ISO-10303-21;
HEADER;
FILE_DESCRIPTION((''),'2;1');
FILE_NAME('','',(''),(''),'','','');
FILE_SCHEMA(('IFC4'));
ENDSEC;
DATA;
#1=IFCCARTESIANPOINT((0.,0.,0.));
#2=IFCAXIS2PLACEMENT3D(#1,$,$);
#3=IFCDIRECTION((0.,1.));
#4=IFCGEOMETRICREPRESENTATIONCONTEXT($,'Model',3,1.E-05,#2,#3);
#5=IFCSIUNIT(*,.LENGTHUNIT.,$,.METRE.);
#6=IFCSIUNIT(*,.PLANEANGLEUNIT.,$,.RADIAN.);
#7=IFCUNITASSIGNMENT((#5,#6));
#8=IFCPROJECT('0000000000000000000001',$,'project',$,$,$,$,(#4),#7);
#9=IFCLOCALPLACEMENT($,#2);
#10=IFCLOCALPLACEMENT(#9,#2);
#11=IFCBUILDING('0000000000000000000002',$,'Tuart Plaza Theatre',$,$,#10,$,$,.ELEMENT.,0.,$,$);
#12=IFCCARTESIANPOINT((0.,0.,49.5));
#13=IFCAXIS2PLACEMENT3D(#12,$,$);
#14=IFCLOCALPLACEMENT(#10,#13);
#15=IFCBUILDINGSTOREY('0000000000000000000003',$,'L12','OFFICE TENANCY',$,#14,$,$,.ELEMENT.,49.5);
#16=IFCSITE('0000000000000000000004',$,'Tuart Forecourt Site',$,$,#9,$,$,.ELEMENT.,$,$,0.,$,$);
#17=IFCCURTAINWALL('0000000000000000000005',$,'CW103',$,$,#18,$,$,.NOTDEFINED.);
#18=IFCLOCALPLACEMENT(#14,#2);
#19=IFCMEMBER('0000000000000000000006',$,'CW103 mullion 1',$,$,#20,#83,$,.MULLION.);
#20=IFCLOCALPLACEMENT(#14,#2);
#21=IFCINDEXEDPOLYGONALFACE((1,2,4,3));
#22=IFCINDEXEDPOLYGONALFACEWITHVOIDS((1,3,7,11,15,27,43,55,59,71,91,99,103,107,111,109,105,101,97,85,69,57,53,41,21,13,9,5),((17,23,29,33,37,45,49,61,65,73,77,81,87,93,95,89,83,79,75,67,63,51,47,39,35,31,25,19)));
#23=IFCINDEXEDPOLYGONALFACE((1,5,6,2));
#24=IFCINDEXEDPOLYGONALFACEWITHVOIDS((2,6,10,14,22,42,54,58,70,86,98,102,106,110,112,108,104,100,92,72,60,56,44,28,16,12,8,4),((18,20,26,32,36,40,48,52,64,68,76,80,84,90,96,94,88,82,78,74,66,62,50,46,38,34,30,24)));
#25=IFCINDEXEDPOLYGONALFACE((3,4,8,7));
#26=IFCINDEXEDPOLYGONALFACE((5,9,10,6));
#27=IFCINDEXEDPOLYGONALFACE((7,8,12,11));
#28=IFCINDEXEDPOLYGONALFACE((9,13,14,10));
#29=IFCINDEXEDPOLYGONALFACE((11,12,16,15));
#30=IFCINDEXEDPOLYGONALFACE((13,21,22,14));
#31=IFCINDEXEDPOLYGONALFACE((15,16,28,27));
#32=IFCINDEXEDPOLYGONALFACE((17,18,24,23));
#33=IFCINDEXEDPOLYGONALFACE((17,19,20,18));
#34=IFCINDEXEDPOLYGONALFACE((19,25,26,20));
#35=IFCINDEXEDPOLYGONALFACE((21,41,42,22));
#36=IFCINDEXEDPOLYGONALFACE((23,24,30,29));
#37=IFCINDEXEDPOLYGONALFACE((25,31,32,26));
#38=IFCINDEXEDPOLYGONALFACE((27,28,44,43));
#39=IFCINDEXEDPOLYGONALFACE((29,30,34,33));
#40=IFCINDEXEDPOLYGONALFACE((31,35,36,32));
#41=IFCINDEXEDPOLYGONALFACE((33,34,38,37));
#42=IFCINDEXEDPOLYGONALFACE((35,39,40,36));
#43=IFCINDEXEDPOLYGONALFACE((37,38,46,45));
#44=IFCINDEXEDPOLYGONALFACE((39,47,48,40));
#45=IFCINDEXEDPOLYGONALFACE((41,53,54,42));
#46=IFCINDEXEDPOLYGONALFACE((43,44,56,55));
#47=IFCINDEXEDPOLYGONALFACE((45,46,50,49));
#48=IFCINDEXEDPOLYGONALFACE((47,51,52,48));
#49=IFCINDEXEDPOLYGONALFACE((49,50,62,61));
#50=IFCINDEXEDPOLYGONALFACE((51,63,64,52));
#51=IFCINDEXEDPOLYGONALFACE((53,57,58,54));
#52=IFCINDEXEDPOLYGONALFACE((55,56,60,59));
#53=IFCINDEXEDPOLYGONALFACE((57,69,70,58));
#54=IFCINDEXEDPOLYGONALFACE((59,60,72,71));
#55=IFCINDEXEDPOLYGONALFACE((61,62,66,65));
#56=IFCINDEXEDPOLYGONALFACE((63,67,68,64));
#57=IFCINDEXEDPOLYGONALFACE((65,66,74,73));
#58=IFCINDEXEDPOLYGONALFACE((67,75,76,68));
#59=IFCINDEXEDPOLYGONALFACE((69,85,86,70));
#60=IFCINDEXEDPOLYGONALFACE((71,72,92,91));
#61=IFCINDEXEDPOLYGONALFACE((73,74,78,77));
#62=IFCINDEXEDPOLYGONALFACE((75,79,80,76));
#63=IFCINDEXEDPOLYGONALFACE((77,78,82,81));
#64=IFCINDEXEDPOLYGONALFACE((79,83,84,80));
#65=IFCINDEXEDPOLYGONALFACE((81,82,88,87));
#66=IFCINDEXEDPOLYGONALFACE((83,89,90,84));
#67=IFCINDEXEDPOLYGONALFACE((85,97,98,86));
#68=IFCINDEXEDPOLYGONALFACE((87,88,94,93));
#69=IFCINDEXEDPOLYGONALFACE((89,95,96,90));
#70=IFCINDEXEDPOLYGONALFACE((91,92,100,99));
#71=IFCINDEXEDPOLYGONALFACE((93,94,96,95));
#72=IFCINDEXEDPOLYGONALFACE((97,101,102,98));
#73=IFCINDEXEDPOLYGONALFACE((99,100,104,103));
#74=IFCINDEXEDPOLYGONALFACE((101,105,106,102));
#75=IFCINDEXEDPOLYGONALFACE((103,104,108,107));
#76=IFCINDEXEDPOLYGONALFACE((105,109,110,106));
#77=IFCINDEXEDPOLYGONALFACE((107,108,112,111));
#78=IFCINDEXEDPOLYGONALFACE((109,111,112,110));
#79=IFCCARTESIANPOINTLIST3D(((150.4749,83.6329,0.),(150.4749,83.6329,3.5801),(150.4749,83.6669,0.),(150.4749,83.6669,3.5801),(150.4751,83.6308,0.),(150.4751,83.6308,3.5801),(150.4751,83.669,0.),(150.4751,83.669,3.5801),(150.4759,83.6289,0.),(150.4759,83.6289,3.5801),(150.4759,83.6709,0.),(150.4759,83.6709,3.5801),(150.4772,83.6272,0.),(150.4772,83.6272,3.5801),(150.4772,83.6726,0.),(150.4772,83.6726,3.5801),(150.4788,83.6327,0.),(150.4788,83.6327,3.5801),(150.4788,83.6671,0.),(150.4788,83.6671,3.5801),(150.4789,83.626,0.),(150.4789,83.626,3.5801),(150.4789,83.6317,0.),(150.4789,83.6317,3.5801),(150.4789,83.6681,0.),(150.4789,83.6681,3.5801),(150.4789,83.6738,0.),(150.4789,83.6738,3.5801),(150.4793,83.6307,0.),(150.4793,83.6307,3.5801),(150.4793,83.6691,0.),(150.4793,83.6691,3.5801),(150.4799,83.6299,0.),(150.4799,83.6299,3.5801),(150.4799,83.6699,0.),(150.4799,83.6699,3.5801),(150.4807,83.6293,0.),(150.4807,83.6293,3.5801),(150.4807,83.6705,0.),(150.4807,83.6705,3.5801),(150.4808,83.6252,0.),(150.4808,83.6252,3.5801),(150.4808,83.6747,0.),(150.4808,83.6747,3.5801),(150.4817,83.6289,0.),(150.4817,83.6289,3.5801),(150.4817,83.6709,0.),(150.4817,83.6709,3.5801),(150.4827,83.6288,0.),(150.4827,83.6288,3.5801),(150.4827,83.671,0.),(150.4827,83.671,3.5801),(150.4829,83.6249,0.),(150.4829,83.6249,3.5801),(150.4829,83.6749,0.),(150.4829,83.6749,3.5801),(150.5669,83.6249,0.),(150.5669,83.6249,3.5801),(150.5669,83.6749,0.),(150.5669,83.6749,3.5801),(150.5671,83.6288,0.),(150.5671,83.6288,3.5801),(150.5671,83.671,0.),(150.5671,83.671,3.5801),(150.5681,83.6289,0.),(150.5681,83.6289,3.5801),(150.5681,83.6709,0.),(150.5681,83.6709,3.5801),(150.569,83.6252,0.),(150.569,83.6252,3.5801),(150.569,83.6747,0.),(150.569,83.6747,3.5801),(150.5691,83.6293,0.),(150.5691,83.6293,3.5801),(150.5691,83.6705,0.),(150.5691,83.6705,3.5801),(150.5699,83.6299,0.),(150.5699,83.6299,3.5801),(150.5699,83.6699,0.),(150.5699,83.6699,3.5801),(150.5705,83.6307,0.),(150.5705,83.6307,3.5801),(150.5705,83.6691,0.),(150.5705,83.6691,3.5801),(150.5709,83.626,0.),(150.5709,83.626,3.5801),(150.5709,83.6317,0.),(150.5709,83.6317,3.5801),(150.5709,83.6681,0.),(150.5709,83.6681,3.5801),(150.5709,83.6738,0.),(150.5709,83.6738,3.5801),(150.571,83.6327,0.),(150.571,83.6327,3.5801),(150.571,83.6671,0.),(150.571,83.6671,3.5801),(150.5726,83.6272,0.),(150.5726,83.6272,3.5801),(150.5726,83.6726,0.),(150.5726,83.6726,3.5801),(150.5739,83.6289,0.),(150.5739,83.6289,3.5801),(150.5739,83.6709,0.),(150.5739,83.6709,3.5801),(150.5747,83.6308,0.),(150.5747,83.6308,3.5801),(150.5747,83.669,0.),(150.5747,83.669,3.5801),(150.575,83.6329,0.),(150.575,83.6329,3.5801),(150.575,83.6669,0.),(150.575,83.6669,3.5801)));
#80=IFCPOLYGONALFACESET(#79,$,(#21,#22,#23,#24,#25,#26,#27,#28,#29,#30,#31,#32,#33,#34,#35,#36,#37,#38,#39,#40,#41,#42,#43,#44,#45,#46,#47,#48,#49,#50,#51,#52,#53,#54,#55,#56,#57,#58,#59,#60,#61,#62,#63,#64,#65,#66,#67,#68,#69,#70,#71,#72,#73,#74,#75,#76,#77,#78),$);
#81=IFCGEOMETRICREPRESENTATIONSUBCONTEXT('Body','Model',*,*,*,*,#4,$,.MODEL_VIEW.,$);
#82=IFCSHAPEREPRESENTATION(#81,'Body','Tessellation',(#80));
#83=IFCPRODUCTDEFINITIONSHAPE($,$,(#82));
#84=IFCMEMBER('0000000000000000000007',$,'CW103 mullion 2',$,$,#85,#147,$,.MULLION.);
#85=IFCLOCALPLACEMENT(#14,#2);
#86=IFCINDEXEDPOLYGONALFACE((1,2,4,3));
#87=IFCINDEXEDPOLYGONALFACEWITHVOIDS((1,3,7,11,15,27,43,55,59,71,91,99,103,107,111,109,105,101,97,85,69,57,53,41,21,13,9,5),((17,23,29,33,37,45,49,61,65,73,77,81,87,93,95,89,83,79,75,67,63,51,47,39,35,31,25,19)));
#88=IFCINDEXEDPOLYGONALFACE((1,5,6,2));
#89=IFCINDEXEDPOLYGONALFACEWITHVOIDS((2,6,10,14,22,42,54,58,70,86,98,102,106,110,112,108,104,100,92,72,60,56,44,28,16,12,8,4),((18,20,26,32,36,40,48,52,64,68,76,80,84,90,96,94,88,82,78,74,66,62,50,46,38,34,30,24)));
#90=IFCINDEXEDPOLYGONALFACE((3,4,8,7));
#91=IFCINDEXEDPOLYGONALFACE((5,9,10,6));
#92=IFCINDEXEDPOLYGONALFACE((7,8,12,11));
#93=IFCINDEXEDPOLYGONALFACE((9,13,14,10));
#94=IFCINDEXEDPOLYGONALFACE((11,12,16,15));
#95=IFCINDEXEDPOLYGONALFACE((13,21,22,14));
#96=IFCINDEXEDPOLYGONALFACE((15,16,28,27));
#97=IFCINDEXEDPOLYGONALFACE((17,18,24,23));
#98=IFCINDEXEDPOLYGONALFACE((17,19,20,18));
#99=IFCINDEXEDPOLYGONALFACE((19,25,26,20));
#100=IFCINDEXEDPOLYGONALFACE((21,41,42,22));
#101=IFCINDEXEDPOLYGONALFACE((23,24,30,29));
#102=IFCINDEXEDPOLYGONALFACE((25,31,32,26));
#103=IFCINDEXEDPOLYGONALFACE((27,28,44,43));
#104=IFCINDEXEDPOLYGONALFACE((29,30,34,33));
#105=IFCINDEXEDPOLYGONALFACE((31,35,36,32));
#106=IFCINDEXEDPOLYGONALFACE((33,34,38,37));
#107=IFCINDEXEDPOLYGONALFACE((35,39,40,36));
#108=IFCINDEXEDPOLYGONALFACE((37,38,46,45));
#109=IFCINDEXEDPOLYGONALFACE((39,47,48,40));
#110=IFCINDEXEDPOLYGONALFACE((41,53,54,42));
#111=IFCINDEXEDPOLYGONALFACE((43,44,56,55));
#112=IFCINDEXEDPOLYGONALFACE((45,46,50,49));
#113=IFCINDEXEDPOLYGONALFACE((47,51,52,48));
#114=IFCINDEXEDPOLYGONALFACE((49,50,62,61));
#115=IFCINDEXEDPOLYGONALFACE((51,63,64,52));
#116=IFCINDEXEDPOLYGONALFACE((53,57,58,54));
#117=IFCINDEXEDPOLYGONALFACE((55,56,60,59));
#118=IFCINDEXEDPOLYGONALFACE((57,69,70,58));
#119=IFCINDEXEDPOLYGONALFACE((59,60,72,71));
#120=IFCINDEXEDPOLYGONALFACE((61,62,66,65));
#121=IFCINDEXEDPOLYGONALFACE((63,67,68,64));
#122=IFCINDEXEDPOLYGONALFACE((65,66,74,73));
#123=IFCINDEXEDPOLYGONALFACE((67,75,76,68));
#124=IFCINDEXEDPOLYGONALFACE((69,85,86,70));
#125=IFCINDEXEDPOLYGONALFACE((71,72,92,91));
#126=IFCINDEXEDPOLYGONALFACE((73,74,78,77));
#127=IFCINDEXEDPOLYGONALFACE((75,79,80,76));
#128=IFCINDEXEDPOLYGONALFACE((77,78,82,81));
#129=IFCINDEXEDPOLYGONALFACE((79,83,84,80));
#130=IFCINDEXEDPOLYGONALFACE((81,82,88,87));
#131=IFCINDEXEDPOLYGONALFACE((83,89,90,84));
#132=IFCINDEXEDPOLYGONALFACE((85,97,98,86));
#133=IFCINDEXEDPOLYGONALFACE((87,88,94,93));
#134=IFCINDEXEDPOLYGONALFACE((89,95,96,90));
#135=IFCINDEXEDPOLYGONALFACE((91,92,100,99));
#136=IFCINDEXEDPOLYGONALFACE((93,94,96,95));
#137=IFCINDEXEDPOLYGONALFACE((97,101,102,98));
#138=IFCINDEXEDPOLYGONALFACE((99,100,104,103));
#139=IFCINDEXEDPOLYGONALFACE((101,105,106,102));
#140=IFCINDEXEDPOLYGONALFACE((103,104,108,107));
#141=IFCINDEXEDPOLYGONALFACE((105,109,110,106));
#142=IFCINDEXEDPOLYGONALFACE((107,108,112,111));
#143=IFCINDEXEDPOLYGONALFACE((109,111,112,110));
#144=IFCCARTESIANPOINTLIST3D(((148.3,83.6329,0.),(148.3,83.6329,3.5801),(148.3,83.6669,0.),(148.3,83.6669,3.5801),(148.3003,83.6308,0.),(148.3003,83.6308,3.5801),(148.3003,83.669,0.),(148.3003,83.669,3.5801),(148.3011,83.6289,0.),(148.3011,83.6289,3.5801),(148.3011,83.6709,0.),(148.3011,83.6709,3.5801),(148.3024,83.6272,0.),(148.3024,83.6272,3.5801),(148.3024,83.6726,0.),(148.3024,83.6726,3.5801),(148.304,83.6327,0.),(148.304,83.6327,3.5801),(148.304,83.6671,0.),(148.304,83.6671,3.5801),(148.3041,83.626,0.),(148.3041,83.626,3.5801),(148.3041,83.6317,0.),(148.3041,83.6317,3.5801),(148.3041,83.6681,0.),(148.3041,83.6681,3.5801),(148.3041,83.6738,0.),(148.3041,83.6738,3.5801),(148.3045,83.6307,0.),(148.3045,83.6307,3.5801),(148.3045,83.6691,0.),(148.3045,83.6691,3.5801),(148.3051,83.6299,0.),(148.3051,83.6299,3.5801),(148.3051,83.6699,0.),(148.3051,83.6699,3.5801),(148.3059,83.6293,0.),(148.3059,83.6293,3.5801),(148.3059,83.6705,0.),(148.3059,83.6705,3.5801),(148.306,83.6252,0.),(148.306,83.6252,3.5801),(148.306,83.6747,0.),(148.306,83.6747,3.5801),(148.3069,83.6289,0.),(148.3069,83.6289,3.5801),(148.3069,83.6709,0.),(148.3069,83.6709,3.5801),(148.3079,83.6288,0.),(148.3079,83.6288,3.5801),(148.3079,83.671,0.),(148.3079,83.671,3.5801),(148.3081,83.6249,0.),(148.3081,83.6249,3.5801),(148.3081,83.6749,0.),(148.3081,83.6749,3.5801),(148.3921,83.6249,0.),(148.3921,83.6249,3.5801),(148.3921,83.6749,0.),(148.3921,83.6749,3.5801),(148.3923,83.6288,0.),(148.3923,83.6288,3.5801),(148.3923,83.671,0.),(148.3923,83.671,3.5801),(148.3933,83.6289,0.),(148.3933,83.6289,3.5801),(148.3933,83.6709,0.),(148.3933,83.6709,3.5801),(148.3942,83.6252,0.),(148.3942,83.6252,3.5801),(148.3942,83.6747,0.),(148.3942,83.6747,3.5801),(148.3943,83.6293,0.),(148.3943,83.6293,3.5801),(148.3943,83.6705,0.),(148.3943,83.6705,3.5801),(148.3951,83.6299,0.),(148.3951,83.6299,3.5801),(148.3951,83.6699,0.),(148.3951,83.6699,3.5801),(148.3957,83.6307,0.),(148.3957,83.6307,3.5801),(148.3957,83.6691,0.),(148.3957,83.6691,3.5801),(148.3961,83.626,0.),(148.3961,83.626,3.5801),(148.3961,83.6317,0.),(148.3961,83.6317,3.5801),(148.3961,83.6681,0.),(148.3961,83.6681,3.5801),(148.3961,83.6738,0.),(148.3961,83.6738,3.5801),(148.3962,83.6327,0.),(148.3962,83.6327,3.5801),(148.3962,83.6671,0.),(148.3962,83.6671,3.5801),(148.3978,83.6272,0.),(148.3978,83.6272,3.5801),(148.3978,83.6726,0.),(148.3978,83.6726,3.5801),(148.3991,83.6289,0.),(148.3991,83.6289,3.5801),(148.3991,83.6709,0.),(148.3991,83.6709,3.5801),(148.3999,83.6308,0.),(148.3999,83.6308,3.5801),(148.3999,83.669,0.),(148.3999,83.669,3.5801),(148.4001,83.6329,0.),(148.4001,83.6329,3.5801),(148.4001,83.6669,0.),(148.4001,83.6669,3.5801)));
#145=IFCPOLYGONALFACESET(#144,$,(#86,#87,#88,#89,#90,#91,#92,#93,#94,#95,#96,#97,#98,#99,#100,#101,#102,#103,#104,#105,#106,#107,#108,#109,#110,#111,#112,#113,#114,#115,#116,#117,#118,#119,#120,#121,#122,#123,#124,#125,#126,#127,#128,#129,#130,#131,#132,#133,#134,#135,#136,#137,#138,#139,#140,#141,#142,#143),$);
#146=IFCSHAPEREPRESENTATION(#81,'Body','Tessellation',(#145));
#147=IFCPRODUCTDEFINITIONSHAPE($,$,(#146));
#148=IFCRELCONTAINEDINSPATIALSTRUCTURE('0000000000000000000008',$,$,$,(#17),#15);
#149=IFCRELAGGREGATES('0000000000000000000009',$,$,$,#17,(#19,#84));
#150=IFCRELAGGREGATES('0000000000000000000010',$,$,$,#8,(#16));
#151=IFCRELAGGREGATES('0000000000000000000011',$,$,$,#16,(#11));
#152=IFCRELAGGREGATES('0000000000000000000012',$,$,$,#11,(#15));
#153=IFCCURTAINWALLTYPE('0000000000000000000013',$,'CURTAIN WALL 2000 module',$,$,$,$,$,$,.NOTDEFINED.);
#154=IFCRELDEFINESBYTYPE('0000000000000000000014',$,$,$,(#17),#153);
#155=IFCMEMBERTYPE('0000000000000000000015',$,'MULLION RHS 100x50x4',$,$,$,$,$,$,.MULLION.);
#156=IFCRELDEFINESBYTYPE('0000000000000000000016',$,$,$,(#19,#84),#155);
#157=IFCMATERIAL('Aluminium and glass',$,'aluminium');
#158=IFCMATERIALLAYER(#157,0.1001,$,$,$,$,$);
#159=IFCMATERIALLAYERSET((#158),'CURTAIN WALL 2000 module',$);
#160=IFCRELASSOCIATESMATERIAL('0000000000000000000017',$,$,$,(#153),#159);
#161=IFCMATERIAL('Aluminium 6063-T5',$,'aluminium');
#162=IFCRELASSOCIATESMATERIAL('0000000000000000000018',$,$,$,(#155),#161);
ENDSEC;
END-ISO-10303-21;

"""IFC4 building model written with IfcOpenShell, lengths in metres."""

from ifc_helpers import new_model, si_unit, direction, frame, origin, origin_2d, place, context, subcontext, project, spatial, hollow_rectangle, extrude, material, layer, layer_set, material_profile, profile_set, type_object, element, aggregate, save


model = new_model("IFC4")

# Units and contexts
model_context = context("Model", 3, precision=1e-05, world=origin(), true_north=direction((0.0, 1.0)))
body_context = subcontext(model_context, "Body", "Model", "MODEL_VIEW")
ifc_project = project(units=[si_unit("LENGTHUNIT", "METRE"), si_unit("PLANEANGLEUNIT", "RADIAN")], contexts=[model_context])

# Site, building, storey
site_placement = place(None, origin())
site = spatial("IfcSite", under=ifc_project, at=site_placement, Name="Tuart Forecourt Site", CompositionType="ELEMENT", RefElevation=0.0)
building_placement = place(site_placement, origin())
building = spatial("IfcBuilding", under=site, at=building_placement, Name="Tuart Plaza Theatre", CompositionType="ELEMENT", ElevationOfRefHeight=0.0)
storey_placement = place(building_placement, frame((0.0, 0.0, 49.5)))
storey = spatial("IfcBuildingStorey", under=building, at=storey_placement, Name="L12", Description="OFFICE TENANCY", CompositionType="ELEMENT", Elevation=49.5)

# Curtain wall, members
ifc_material_1 = material(Name="Aluminium and glass", Category="aluminium")
ifc_layer_1 = layer(ifc_material_1, 0.1001)
ifc_layer_set_1 = layer_set([ifc_layer_1], Name="CURTAIN WALL 2000 module")
curtain_wall_type = type_object("IfcCurtainWallType", Name="CURTAIN WALL 2000 module", PredefinedType="NOTDEFINED", material=ifc_layer_set_1)
ifc_material_2 = material(Name="Aluminium 6063-T5", Category="aluminium")
ifc_material_profile_1 = material_profile(ifc_material_2, hollow_rectangle(XDim=0.05, YDim=0.1001, WallThickness=0.0039, InnerFilletRadius=0.0039, OuterFilletRadius=0.0081, at=origin_2d()), Name="RHS 100x50x4")
ifc_profile_set_1 = profile_set([ifc_material_profile_1], Name="Aluminium 6063-T5")
member_type_1 = type_object("IfcMemberType", Name="MULLION RHS 100x50x4", PredefinedType="MULLION", material=ifc_profile_set_1)
curtain_wall_1_placement = place(storey_placement, origin())
curtain_wall_1 = element("IfcCurtainWall", 1, at=curtain_wall_1_placement, inside=storey, type_object=curtain_wall_type, Name="CW103", PredefinedType="NOTDEFINED")
member_1_placement = place(storey_placement, frame((150.5249, 83.6499, 0.0), z_axis=(0.0, 0.0, 1.0), x_axis=(0.0, -1.0, 0.0)))
member_1 = element("IfcMember", 2, at=member_1_placement, type_object=member_type_1, Name="CW103 mullion 1", PredefinedType="MULLION", context=body_context, shape_type="SweptSolid", body=[
    extrude(hollow_rectangle(XDim=0.05, YDim=0.1001, WallThickness=0.0039, InnerFilletRadius=0.0039, OuterFilletRadius=0.0081, at=origin_2d()), origin(), (0.0, 0.0, 1.0), 3.5801),
])
member_2_placement = place(storey_placement, frame((148.3501, 83.6499, 0.0), z_axis=(0.0, 0.0, 1.0), x_axis=(0.0, -1.0, 0.0)))
member_2 = element("IfcMember", 3, at=member_2_placement, type_object=member_type_1, Name="CW103 mullion 2", PredefinedType="MULLION", context=body_context, shape_type="SweptSolid", body=[
    extrude(hollow_rectangle(XDim=0.05, YDim=0.1001, WallThickness=0.0039, InnerFilletRadius=0.0039, OuterFilletRadius=0.0081, at=origin_2d()), origin(), (0.0, 0.0, 1.0), 3.5801),
])

aggregate(curtain_wall_1, [member_1, member_2])

save(model, "model.ifc")
